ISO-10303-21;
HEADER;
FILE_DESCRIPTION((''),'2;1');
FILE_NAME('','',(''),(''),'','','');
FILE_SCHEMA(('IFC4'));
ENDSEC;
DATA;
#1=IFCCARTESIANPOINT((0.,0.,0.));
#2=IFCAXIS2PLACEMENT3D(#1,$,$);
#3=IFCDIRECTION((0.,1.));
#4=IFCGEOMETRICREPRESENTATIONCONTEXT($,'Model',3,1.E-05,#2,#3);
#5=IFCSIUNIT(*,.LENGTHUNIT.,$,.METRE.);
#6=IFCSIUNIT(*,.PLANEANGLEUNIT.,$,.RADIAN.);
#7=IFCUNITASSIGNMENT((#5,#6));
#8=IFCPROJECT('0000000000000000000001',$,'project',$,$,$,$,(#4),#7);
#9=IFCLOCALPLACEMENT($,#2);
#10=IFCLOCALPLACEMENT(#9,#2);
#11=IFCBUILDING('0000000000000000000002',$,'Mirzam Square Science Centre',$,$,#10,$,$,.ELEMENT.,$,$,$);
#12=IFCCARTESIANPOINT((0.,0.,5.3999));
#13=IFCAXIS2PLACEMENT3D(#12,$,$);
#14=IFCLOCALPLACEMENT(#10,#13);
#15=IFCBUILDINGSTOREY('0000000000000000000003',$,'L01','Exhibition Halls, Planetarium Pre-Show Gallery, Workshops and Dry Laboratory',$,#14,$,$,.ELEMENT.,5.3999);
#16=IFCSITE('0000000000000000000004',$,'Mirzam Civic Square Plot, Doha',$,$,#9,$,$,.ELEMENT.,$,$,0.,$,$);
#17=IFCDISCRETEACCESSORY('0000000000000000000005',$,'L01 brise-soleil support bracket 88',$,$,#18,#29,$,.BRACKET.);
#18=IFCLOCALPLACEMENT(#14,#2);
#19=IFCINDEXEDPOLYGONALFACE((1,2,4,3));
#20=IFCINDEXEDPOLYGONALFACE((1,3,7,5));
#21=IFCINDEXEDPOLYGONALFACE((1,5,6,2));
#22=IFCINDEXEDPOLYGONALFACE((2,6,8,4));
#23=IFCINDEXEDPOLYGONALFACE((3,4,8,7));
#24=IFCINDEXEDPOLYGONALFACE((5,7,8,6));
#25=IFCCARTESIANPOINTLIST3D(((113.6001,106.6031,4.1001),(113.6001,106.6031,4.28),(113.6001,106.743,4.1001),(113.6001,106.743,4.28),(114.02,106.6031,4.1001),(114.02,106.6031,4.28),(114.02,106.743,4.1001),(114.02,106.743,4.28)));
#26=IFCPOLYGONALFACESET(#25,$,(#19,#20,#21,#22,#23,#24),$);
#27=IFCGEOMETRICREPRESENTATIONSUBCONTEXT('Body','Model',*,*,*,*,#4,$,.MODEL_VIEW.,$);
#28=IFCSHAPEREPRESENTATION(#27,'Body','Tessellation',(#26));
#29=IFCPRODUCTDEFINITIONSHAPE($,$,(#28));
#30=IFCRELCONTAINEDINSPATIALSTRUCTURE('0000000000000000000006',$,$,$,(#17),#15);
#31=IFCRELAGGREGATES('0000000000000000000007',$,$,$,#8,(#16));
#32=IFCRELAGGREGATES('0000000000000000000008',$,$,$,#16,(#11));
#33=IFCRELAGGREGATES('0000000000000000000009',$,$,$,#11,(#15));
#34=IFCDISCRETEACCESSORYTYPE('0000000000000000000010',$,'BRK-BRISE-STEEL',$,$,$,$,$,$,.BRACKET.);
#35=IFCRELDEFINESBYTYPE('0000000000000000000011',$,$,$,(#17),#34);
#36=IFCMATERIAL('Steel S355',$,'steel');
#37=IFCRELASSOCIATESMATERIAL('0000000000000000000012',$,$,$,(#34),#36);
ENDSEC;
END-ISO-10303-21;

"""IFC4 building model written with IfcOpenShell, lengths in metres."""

from ifc_helpers import new_model, si_unit, direction, frame, origin, origin_2d, place, context, subcontext, project, spatial, rectangle, extrude, material, type_object, element, save


model = new_model("IFC4")

# Units and contexts
model_context = context("Model", 3, precision=1e-05, world=origin(), true_north=direction((0.0, 1.0)))
body_context = subcontext(model_context, "Body", "Model", "MODEL_VIEW")
ifc_project = project(units=[si_unit("LENGTHUNIT", "METRE"), si_unit("PLANEANGLEUNIT", "RADIAN")], contexts=[model_context])

# Site, building, storey
site_placement = place(None, origin())
site = spatial("IfcSite", under=ifc_project, at=site_placement, Name="Mirzam Civic Square Plot, Doha", CompositionType="ELEMENT", RefElevation=0.0)
building_placement = place(site_placement, origin())
building = spatial("IfcBuilding", under=site, at=building_placement, Name="Mirzam Square Science Centre", CompositionType="ELEMENT")
storey_placement = place(building_placement, frame((0.0, 0.0, 5.3999)))
storey = spatial("IfcBuildingStorey", under=building, at=storey_placement, Name="L01", Description="Exhibition Halls, Planetarium Pre-Show Gallery, Workshops and Dry Laboratory", CompositionType="ELEMENT", Elevation=5.3999)

# Shared definitions
ifc_material_1 = material(Name="Steel S355", Category="steel")

# Discrete accessory
discrete_accessory_type = type_object("IfcDiscreteAccessoryType", Name="BRK-BRISE-STEEL", PredefinedType="BRACKET", material=ifc_material_1)
discrete_accessory_placement = place(storey_placement, frame((113.8101, 106.6731, 4.1001), z_axis=(0.0, 0.0, 1.0), x_axis=(0.0, -1.0, 0.0)))
element("IfcDiscreteAccessory", 1, at=discrete_accessory_placement, inside=storey, type_object=discrete_accessory_type, Name="L01 brise-soleil support bracket 88", PredefinedType="BRACKET", context=body_context, shape_type="SweptSolid", body=[
    extrude(rectangle(XDim=0.1399, YDim=0.4199, at=origin_2d()), origin(), (0.0, 0.0, 1.0), 0.1799),
])

save(model, "model.ifc")
